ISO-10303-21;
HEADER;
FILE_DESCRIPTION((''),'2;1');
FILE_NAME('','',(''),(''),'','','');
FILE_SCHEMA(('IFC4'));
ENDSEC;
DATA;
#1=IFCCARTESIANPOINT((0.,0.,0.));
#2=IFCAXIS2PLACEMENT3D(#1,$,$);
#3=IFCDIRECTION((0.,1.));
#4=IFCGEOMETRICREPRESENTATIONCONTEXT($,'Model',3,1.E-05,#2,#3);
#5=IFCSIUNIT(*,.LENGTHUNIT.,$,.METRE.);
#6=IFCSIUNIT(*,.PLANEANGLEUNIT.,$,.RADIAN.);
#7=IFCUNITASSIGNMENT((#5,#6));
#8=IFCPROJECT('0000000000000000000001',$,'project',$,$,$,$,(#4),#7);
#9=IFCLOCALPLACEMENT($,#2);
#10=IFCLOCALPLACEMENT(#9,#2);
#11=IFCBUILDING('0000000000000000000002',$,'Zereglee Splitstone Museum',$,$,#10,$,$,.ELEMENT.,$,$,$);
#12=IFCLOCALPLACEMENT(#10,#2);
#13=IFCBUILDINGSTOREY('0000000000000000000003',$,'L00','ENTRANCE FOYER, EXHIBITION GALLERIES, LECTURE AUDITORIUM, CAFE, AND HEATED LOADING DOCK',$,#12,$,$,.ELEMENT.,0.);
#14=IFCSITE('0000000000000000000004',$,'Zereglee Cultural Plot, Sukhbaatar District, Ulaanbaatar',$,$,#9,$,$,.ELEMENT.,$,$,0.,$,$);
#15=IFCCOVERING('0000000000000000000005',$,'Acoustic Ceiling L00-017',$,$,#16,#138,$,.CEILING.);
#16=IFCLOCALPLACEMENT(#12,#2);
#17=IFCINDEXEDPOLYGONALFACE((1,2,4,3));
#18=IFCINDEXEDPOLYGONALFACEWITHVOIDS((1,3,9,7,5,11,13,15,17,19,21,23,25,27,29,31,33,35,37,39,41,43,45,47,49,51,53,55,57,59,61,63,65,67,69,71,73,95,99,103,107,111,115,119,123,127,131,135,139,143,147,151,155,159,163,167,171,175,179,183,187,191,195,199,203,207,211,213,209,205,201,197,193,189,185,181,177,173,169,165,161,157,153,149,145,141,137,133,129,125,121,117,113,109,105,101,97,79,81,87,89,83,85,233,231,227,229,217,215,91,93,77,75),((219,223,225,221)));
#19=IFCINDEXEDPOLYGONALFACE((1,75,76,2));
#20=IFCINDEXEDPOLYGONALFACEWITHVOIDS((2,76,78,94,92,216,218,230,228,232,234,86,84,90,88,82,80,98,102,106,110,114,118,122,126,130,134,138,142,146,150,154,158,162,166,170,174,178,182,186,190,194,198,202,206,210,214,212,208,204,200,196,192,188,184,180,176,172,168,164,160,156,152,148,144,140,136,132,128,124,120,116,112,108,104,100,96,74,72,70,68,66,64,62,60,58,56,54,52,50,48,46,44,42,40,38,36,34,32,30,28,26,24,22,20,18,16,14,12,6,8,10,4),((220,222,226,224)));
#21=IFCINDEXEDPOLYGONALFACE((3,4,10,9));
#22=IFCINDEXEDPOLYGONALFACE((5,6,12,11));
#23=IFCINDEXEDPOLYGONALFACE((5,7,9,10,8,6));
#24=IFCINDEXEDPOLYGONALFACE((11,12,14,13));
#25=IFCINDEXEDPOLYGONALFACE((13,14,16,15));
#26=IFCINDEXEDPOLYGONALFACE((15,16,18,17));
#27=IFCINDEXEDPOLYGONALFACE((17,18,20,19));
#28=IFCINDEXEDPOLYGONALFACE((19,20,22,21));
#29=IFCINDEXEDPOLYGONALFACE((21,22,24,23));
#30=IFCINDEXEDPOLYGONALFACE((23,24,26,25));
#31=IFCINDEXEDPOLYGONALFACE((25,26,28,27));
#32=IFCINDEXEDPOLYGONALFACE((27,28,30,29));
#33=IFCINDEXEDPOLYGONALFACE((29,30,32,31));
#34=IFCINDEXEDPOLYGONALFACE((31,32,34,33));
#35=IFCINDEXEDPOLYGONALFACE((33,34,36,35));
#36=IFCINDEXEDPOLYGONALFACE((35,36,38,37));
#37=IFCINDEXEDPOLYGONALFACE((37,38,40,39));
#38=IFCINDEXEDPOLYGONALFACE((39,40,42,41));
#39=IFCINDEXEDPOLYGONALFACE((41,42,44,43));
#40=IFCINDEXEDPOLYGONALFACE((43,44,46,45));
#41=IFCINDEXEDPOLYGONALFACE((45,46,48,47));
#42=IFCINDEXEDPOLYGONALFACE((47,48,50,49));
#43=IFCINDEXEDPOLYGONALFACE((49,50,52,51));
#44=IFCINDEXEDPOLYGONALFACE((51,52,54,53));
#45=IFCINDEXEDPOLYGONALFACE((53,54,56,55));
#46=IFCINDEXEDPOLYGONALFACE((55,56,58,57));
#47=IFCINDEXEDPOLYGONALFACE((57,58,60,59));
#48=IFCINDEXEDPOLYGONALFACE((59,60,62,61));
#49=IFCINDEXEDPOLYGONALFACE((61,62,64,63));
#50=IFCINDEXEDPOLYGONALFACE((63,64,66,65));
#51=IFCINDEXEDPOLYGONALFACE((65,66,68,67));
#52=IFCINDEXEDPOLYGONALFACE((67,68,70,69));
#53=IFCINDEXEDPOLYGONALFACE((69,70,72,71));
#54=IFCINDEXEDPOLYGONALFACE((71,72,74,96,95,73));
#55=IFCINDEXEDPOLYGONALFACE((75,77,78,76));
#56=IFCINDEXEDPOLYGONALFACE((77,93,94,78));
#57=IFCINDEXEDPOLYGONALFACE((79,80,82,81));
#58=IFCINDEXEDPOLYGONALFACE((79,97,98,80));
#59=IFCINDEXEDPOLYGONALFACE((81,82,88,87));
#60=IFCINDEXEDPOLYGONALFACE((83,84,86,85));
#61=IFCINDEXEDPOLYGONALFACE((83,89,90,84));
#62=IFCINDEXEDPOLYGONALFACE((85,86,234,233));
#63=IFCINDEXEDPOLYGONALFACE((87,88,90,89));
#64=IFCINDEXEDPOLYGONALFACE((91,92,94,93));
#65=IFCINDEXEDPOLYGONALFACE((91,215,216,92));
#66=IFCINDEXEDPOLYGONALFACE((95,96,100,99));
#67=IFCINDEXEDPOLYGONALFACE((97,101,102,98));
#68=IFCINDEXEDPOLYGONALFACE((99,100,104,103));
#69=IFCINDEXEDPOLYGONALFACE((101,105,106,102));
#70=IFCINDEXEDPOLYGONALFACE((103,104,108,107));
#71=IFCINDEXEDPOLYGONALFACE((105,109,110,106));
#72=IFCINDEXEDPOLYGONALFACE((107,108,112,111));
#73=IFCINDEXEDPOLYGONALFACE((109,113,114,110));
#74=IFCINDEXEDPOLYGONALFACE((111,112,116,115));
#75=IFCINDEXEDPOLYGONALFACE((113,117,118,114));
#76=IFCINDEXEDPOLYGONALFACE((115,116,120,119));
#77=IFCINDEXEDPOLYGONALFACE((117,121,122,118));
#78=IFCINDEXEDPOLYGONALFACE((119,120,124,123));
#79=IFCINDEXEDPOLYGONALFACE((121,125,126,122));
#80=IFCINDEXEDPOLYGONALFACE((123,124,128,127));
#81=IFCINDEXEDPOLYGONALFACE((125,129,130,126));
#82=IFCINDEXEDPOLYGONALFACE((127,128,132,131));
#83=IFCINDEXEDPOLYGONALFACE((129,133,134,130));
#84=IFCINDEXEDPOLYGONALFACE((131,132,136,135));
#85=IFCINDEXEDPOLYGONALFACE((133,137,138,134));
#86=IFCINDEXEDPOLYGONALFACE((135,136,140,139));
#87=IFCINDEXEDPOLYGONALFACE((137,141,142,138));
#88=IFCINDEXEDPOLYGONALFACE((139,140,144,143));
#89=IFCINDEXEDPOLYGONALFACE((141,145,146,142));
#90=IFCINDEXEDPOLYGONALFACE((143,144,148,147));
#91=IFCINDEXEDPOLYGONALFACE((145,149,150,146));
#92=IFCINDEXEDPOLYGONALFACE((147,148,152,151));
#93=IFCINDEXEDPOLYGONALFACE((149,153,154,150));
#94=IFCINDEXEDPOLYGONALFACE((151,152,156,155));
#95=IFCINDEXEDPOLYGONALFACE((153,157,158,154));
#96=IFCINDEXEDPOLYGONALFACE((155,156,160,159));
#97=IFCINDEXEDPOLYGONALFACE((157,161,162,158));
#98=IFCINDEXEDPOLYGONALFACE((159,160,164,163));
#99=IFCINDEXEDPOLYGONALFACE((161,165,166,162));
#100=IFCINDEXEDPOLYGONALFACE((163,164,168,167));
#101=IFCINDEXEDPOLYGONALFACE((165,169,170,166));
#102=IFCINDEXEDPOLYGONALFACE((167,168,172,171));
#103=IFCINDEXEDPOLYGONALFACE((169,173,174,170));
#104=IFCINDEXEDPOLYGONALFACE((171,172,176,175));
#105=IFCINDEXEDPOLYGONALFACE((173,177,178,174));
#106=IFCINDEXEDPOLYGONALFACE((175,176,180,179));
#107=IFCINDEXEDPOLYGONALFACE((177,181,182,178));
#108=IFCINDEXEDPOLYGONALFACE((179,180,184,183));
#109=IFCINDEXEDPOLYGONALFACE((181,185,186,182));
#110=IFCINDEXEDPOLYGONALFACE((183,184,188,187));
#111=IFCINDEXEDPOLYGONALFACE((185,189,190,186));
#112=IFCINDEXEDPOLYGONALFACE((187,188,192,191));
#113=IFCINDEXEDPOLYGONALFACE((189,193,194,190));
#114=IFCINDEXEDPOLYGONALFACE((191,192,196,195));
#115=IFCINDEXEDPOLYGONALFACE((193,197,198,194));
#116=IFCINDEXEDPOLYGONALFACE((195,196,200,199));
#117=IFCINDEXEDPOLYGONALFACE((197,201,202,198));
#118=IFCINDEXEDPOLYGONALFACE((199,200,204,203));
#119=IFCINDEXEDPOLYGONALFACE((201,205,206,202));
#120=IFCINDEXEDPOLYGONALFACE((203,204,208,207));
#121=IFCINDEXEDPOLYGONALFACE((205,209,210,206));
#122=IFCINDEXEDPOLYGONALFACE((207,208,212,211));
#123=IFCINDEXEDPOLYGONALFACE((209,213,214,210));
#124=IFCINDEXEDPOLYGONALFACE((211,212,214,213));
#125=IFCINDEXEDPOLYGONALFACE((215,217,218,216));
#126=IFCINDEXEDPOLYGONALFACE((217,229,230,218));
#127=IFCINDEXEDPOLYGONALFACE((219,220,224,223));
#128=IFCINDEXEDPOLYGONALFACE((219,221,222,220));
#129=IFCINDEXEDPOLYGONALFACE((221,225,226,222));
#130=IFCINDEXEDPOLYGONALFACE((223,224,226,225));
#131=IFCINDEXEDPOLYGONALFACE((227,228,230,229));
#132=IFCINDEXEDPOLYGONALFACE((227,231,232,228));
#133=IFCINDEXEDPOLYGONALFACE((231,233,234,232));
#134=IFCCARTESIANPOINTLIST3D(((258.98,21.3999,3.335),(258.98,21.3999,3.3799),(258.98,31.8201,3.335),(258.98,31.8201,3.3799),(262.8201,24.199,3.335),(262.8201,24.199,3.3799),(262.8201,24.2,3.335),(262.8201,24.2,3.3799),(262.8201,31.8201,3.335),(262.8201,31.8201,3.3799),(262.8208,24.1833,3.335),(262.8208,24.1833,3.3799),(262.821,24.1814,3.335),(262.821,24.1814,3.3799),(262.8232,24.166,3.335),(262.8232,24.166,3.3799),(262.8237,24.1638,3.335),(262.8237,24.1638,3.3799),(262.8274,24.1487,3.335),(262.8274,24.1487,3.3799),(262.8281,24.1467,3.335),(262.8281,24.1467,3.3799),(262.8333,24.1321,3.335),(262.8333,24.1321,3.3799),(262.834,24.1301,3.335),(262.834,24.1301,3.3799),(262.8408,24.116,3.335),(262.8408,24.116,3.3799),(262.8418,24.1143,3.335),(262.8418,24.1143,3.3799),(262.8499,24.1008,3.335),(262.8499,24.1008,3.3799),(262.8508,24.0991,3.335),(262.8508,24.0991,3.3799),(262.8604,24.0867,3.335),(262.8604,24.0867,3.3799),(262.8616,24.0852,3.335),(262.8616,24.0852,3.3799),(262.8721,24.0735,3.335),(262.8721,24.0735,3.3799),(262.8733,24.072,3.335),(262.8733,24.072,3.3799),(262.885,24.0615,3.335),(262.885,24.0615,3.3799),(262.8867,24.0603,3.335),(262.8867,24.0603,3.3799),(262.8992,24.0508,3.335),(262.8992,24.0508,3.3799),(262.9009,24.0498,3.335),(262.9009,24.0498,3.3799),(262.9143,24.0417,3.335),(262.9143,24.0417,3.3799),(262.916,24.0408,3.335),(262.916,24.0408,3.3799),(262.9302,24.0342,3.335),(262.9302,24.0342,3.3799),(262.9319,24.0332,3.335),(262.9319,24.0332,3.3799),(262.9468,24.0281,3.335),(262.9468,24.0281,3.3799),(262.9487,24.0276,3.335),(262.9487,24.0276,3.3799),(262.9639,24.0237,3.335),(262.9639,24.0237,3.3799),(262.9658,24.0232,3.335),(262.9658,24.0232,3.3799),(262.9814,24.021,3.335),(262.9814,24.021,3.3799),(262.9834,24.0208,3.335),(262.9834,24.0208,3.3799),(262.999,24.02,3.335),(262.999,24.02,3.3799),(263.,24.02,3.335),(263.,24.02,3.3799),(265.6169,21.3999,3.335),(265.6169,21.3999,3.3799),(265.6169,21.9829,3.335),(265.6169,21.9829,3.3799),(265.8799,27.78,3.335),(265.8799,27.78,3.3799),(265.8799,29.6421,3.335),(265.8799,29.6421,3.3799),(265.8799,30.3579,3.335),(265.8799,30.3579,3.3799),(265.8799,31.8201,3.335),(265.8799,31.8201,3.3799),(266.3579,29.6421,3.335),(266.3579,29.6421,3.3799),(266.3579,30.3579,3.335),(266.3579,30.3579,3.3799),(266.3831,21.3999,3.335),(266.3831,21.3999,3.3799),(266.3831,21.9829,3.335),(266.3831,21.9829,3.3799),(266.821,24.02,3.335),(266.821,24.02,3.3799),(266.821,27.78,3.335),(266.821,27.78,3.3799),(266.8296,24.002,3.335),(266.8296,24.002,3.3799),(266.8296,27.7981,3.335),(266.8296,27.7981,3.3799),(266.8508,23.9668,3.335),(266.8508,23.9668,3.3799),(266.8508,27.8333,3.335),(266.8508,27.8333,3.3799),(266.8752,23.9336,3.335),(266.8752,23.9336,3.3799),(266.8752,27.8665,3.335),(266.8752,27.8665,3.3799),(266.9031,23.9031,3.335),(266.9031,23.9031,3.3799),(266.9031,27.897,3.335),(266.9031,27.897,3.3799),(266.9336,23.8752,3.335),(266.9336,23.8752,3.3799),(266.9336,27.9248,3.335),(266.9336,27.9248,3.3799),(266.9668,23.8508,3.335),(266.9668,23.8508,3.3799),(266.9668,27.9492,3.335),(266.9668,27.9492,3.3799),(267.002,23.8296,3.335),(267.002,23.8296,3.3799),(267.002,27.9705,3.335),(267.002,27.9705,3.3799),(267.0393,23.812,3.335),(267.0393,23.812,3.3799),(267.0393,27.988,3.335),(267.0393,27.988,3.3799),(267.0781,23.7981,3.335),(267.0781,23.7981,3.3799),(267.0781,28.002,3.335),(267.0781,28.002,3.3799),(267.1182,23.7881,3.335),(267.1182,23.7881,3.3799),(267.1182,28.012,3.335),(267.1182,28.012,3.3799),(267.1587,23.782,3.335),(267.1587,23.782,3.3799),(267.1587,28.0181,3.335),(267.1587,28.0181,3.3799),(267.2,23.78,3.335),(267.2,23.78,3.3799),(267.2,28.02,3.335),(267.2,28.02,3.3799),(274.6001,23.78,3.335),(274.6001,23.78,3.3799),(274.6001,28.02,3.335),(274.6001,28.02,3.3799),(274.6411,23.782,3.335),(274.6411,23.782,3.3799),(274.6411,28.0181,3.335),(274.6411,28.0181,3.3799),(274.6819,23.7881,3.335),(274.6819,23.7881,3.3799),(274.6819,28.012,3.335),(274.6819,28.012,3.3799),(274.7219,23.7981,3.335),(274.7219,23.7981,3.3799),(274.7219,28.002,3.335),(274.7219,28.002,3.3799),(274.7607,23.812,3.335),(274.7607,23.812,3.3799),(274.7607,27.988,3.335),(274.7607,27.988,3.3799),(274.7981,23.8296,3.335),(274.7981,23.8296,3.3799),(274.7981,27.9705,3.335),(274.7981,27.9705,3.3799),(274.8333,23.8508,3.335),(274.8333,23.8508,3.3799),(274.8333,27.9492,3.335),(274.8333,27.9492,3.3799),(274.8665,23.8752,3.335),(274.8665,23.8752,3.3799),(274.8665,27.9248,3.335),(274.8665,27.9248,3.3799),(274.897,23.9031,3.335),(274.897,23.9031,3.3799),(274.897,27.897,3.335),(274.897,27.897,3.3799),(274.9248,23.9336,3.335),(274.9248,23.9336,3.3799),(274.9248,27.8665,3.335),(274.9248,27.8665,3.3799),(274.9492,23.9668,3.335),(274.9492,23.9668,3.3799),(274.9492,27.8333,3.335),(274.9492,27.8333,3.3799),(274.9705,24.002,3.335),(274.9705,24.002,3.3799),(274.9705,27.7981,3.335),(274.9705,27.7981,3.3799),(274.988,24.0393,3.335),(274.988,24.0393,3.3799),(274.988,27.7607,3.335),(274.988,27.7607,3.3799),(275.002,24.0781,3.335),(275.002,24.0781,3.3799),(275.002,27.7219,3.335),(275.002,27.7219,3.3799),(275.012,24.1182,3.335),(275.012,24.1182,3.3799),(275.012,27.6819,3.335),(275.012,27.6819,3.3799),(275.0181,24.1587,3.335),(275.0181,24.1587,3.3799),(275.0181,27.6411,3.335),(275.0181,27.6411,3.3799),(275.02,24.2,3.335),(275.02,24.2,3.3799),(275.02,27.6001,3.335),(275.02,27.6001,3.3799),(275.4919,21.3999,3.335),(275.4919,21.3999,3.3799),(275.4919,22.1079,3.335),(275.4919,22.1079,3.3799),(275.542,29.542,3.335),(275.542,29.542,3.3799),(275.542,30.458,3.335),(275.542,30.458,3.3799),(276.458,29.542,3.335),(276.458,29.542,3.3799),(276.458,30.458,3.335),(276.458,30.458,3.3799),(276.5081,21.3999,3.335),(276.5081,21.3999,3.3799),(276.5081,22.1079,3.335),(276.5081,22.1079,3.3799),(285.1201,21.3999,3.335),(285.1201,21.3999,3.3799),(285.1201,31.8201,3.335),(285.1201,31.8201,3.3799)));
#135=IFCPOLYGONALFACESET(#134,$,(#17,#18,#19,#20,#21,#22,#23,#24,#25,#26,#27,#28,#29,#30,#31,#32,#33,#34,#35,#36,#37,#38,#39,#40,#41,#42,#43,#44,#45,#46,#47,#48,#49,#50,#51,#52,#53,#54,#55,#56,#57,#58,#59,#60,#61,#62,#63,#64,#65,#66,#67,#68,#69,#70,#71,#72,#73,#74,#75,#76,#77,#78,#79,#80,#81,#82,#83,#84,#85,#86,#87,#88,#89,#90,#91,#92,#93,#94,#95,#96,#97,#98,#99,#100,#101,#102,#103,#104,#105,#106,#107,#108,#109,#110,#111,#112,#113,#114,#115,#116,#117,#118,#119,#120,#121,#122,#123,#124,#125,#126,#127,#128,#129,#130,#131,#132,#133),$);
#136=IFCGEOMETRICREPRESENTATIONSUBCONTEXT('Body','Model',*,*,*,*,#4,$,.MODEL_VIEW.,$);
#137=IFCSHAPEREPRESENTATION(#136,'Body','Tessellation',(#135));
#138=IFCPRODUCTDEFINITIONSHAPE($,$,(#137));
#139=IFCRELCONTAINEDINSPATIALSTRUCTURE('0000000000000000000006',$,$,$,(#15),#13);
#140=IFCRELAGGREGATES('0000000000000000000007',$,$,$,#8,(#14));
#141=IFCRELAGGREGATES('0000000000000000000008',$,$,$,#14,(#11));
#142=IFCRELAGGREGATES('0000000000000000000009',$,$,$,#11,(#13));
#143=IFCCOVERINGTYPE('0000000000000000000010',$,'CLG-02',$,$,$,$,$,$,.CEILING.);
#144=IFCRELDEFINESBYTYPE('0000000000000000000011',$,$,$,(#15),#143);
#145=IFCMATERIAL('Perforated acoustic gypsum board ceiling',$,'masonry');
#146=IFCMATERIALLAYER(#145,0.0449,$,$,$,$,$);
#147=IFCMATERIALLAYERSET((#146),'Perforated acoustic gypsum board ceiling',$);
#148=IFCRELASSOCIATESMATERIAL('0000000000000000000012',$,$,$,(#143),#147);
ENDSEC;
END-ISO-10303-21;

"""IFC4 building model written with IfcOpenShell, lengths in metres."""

from ifc_helpers import new_model, si_unit, direction, frame, origin, place, context, subcontext, project, spatial, polyline, outline, extrude, material, layer, layer_set, type_object, element, save


model = new_model("IFC4")

# Units and contexts
model_context = context("Model", 3, precision=1e-05, world=origin(), true_north=direction((0.0, 1.0)))
body_context = subcontext(model_context, "Body", "Model", "MODEL_VIEW")
ifc_project = project(units=[si_unit("LENGTHUNIT", "METRE"), si_unit("PLANEANGLEUNIT", "RADIAN")], contexts=[model_context])

# Site, building, storey
site_placement = place(None, origin())
site = spatial("IfcSite", under=ifc_project, at=site_placement, Name="Zereglee Cultural Plot, Sukhbaatar District, Ulaanbaatar", CompositionType="ELEMENT", RefElevation=0.0)
building_placement = place(site_placement, origin())
building = spatial("IfcBuilding", under=site, at=building_placement, Name="Zereglee Splitstone Museum", CompositionType="ELEMENT")
storey_placement = place(building_placement, origin())
storey = spatial("IfcBuildingStorey", under=building, at=storey_placement, Name="L00", Description="ENTRANCE FOYER, EXHIBITION GALLERIES, LECTURE AUDITORIUM, CAFE, AND HEATED LOADING DOCK", CompositionType="ELEMENT", Elevation=0.0)

# Covering
ifc_material_1 = material(Name="Perforated acoustic gypsum board ceiling", Category="masonry")
ifc_layer_1 = layer(ifc_material_1, 0.0449)
ifc_layer_set_1 = layer_set([ifc_layer_1], Name="Perforated acoustic gypsum board ceiling")
covering_type_1 = type_object("IfcCoveringType", Name="CLG-02", PredefinedType="CEILING", material=ifc_layer_set_1)
covering_1_placement = place(storey_placement, frame((0.0, 0.0, 3.335)))
element("IfcCovering", 1, at=covering_1_placement, inside=storey, type_object=covering_type_1, Name="Acoustic Ceiling L00-017", PredefinedType="CEILING", context=body_context, shape_type="SweptSolid", body=[
    extrude(outline(polyline([(265.8799, 29.6421), (266.3579, 29.6421), (266.3579, 30.3579), (265.8799, 30.3579), (265.8799, 31.8201), (285.1201, 31.8201), (285.1201, 21.3999), (276.5081, 21.3999), (276.5081, 22.1079), (275.4919, 22.1079), (275.4919, 21.3999), (266.3831, 21.3999), (266.3831, 21.9829), (265.6169, 21.9829), (265.6169, 21.3999), (258.98, 21.3999), (258.98, 31.8201), (262.8201, 31.8201), (262.8201, 24.2), (262.8201, 24.199), (262.8208, 24.1833), (262.821, 24.1814), (262.8232, 24.166), (262.8237, 24.1638), (262.8274, 24.1487), (262.8281, 24.1467), (262.8333, 24.1321), (262.834, 24.1301), (262.8408, 24.116), (262.8418, 24.1143), (262.8499, 24.1008), (262.8508, 24.0991), (262.8604, 24.0867), (262.8616, 24.0852), (262.8721, 24.0735), (262.8733, 24.072), (262.885, 24.0615), (262.8867, 24.0603), (262.8992, 24.0508), (262.9009, 24.0498), (262.9143, 24.0417), (262.916, 24.0408), (262.9302, 24.0342), (262.9319, 24.0332), (262.9468, 24.0281), (262.9487, 24.0276), (262.9639, 24.0237), (262.9658, 24.0232), (262.9814, 24.021), (262.9834, 24.0208), (262.999, 24.02), (263.0, 24.02), (266.821, 24.02), (266.8296, 24.002), (266.8508, 23.9668), (266.8752, 23.9336), (266.9031, 23.9031), (266.9336, 23.8752), (266.9668, 23.8508), (267.002, 23.8296), (267.0393, 23.812), (267.0781, 23.7981), (267.1182, 23.7881), (267.1587, 23.782), (267.2, 23.78), (274.6001, 23.78), (274.6411, 23.782), (274.6819, 23.7881), (274.7219, 23.7981), (274.7607, 23.812), (274.7981, 23.8296), (274.8333, 23.8508), (274.8665, 23.8752), (274.897, 23.9031), (274.9248, 23.9336), (274.9492, 23.9668), (274.9705, 24.002), (274.988, 24.0393), (275.002, 24.0781), (275.012, 24.1182), (275.0181, 24.1587), (275.02, 24.2), (275.02, 27.6001), (275.0181, 27.6411), (275.012, 27.6819), (275.002, 27.7219), (274.988, 27.7607), (274.9705, 27.7981), (274.9492, 27.8333), (274.9248, 27.8665), (274.897, 27.897), (274.8665, 27.9248), (274.8333, 27.9492), (274.7981, 27.9705), (274.7607, 27.988), (274.7219, 28.002), (274.6819, 28.012), (274.6411, 28.0181), (274.6001, 28.02), (267.2, 28.02), (267.1587, 28.0181), (267.1182, 28.012), (267.0781, 28.002), (267.0393, 27.988), (267.002, 27.9705), (266.9668, 27.9492), (266.9336, 27.9248), (266.9031, 27.897), (266.8752, 27.8665), (266.8508, 27.8333), (266.8296, 27.7981), (266.821, 27.78), (265.8799, 27.78), (265.8799, 29.6421)]), holes=[polyline([(275.542, 30.458), (275.542, 29.542), (276.458, 29.542), (276.458, 30.458), (275.542, 30.458)])]), origin(), (0.0, 0.0, 1.0), 0.0449),
])

save(model, "model.ifc")
